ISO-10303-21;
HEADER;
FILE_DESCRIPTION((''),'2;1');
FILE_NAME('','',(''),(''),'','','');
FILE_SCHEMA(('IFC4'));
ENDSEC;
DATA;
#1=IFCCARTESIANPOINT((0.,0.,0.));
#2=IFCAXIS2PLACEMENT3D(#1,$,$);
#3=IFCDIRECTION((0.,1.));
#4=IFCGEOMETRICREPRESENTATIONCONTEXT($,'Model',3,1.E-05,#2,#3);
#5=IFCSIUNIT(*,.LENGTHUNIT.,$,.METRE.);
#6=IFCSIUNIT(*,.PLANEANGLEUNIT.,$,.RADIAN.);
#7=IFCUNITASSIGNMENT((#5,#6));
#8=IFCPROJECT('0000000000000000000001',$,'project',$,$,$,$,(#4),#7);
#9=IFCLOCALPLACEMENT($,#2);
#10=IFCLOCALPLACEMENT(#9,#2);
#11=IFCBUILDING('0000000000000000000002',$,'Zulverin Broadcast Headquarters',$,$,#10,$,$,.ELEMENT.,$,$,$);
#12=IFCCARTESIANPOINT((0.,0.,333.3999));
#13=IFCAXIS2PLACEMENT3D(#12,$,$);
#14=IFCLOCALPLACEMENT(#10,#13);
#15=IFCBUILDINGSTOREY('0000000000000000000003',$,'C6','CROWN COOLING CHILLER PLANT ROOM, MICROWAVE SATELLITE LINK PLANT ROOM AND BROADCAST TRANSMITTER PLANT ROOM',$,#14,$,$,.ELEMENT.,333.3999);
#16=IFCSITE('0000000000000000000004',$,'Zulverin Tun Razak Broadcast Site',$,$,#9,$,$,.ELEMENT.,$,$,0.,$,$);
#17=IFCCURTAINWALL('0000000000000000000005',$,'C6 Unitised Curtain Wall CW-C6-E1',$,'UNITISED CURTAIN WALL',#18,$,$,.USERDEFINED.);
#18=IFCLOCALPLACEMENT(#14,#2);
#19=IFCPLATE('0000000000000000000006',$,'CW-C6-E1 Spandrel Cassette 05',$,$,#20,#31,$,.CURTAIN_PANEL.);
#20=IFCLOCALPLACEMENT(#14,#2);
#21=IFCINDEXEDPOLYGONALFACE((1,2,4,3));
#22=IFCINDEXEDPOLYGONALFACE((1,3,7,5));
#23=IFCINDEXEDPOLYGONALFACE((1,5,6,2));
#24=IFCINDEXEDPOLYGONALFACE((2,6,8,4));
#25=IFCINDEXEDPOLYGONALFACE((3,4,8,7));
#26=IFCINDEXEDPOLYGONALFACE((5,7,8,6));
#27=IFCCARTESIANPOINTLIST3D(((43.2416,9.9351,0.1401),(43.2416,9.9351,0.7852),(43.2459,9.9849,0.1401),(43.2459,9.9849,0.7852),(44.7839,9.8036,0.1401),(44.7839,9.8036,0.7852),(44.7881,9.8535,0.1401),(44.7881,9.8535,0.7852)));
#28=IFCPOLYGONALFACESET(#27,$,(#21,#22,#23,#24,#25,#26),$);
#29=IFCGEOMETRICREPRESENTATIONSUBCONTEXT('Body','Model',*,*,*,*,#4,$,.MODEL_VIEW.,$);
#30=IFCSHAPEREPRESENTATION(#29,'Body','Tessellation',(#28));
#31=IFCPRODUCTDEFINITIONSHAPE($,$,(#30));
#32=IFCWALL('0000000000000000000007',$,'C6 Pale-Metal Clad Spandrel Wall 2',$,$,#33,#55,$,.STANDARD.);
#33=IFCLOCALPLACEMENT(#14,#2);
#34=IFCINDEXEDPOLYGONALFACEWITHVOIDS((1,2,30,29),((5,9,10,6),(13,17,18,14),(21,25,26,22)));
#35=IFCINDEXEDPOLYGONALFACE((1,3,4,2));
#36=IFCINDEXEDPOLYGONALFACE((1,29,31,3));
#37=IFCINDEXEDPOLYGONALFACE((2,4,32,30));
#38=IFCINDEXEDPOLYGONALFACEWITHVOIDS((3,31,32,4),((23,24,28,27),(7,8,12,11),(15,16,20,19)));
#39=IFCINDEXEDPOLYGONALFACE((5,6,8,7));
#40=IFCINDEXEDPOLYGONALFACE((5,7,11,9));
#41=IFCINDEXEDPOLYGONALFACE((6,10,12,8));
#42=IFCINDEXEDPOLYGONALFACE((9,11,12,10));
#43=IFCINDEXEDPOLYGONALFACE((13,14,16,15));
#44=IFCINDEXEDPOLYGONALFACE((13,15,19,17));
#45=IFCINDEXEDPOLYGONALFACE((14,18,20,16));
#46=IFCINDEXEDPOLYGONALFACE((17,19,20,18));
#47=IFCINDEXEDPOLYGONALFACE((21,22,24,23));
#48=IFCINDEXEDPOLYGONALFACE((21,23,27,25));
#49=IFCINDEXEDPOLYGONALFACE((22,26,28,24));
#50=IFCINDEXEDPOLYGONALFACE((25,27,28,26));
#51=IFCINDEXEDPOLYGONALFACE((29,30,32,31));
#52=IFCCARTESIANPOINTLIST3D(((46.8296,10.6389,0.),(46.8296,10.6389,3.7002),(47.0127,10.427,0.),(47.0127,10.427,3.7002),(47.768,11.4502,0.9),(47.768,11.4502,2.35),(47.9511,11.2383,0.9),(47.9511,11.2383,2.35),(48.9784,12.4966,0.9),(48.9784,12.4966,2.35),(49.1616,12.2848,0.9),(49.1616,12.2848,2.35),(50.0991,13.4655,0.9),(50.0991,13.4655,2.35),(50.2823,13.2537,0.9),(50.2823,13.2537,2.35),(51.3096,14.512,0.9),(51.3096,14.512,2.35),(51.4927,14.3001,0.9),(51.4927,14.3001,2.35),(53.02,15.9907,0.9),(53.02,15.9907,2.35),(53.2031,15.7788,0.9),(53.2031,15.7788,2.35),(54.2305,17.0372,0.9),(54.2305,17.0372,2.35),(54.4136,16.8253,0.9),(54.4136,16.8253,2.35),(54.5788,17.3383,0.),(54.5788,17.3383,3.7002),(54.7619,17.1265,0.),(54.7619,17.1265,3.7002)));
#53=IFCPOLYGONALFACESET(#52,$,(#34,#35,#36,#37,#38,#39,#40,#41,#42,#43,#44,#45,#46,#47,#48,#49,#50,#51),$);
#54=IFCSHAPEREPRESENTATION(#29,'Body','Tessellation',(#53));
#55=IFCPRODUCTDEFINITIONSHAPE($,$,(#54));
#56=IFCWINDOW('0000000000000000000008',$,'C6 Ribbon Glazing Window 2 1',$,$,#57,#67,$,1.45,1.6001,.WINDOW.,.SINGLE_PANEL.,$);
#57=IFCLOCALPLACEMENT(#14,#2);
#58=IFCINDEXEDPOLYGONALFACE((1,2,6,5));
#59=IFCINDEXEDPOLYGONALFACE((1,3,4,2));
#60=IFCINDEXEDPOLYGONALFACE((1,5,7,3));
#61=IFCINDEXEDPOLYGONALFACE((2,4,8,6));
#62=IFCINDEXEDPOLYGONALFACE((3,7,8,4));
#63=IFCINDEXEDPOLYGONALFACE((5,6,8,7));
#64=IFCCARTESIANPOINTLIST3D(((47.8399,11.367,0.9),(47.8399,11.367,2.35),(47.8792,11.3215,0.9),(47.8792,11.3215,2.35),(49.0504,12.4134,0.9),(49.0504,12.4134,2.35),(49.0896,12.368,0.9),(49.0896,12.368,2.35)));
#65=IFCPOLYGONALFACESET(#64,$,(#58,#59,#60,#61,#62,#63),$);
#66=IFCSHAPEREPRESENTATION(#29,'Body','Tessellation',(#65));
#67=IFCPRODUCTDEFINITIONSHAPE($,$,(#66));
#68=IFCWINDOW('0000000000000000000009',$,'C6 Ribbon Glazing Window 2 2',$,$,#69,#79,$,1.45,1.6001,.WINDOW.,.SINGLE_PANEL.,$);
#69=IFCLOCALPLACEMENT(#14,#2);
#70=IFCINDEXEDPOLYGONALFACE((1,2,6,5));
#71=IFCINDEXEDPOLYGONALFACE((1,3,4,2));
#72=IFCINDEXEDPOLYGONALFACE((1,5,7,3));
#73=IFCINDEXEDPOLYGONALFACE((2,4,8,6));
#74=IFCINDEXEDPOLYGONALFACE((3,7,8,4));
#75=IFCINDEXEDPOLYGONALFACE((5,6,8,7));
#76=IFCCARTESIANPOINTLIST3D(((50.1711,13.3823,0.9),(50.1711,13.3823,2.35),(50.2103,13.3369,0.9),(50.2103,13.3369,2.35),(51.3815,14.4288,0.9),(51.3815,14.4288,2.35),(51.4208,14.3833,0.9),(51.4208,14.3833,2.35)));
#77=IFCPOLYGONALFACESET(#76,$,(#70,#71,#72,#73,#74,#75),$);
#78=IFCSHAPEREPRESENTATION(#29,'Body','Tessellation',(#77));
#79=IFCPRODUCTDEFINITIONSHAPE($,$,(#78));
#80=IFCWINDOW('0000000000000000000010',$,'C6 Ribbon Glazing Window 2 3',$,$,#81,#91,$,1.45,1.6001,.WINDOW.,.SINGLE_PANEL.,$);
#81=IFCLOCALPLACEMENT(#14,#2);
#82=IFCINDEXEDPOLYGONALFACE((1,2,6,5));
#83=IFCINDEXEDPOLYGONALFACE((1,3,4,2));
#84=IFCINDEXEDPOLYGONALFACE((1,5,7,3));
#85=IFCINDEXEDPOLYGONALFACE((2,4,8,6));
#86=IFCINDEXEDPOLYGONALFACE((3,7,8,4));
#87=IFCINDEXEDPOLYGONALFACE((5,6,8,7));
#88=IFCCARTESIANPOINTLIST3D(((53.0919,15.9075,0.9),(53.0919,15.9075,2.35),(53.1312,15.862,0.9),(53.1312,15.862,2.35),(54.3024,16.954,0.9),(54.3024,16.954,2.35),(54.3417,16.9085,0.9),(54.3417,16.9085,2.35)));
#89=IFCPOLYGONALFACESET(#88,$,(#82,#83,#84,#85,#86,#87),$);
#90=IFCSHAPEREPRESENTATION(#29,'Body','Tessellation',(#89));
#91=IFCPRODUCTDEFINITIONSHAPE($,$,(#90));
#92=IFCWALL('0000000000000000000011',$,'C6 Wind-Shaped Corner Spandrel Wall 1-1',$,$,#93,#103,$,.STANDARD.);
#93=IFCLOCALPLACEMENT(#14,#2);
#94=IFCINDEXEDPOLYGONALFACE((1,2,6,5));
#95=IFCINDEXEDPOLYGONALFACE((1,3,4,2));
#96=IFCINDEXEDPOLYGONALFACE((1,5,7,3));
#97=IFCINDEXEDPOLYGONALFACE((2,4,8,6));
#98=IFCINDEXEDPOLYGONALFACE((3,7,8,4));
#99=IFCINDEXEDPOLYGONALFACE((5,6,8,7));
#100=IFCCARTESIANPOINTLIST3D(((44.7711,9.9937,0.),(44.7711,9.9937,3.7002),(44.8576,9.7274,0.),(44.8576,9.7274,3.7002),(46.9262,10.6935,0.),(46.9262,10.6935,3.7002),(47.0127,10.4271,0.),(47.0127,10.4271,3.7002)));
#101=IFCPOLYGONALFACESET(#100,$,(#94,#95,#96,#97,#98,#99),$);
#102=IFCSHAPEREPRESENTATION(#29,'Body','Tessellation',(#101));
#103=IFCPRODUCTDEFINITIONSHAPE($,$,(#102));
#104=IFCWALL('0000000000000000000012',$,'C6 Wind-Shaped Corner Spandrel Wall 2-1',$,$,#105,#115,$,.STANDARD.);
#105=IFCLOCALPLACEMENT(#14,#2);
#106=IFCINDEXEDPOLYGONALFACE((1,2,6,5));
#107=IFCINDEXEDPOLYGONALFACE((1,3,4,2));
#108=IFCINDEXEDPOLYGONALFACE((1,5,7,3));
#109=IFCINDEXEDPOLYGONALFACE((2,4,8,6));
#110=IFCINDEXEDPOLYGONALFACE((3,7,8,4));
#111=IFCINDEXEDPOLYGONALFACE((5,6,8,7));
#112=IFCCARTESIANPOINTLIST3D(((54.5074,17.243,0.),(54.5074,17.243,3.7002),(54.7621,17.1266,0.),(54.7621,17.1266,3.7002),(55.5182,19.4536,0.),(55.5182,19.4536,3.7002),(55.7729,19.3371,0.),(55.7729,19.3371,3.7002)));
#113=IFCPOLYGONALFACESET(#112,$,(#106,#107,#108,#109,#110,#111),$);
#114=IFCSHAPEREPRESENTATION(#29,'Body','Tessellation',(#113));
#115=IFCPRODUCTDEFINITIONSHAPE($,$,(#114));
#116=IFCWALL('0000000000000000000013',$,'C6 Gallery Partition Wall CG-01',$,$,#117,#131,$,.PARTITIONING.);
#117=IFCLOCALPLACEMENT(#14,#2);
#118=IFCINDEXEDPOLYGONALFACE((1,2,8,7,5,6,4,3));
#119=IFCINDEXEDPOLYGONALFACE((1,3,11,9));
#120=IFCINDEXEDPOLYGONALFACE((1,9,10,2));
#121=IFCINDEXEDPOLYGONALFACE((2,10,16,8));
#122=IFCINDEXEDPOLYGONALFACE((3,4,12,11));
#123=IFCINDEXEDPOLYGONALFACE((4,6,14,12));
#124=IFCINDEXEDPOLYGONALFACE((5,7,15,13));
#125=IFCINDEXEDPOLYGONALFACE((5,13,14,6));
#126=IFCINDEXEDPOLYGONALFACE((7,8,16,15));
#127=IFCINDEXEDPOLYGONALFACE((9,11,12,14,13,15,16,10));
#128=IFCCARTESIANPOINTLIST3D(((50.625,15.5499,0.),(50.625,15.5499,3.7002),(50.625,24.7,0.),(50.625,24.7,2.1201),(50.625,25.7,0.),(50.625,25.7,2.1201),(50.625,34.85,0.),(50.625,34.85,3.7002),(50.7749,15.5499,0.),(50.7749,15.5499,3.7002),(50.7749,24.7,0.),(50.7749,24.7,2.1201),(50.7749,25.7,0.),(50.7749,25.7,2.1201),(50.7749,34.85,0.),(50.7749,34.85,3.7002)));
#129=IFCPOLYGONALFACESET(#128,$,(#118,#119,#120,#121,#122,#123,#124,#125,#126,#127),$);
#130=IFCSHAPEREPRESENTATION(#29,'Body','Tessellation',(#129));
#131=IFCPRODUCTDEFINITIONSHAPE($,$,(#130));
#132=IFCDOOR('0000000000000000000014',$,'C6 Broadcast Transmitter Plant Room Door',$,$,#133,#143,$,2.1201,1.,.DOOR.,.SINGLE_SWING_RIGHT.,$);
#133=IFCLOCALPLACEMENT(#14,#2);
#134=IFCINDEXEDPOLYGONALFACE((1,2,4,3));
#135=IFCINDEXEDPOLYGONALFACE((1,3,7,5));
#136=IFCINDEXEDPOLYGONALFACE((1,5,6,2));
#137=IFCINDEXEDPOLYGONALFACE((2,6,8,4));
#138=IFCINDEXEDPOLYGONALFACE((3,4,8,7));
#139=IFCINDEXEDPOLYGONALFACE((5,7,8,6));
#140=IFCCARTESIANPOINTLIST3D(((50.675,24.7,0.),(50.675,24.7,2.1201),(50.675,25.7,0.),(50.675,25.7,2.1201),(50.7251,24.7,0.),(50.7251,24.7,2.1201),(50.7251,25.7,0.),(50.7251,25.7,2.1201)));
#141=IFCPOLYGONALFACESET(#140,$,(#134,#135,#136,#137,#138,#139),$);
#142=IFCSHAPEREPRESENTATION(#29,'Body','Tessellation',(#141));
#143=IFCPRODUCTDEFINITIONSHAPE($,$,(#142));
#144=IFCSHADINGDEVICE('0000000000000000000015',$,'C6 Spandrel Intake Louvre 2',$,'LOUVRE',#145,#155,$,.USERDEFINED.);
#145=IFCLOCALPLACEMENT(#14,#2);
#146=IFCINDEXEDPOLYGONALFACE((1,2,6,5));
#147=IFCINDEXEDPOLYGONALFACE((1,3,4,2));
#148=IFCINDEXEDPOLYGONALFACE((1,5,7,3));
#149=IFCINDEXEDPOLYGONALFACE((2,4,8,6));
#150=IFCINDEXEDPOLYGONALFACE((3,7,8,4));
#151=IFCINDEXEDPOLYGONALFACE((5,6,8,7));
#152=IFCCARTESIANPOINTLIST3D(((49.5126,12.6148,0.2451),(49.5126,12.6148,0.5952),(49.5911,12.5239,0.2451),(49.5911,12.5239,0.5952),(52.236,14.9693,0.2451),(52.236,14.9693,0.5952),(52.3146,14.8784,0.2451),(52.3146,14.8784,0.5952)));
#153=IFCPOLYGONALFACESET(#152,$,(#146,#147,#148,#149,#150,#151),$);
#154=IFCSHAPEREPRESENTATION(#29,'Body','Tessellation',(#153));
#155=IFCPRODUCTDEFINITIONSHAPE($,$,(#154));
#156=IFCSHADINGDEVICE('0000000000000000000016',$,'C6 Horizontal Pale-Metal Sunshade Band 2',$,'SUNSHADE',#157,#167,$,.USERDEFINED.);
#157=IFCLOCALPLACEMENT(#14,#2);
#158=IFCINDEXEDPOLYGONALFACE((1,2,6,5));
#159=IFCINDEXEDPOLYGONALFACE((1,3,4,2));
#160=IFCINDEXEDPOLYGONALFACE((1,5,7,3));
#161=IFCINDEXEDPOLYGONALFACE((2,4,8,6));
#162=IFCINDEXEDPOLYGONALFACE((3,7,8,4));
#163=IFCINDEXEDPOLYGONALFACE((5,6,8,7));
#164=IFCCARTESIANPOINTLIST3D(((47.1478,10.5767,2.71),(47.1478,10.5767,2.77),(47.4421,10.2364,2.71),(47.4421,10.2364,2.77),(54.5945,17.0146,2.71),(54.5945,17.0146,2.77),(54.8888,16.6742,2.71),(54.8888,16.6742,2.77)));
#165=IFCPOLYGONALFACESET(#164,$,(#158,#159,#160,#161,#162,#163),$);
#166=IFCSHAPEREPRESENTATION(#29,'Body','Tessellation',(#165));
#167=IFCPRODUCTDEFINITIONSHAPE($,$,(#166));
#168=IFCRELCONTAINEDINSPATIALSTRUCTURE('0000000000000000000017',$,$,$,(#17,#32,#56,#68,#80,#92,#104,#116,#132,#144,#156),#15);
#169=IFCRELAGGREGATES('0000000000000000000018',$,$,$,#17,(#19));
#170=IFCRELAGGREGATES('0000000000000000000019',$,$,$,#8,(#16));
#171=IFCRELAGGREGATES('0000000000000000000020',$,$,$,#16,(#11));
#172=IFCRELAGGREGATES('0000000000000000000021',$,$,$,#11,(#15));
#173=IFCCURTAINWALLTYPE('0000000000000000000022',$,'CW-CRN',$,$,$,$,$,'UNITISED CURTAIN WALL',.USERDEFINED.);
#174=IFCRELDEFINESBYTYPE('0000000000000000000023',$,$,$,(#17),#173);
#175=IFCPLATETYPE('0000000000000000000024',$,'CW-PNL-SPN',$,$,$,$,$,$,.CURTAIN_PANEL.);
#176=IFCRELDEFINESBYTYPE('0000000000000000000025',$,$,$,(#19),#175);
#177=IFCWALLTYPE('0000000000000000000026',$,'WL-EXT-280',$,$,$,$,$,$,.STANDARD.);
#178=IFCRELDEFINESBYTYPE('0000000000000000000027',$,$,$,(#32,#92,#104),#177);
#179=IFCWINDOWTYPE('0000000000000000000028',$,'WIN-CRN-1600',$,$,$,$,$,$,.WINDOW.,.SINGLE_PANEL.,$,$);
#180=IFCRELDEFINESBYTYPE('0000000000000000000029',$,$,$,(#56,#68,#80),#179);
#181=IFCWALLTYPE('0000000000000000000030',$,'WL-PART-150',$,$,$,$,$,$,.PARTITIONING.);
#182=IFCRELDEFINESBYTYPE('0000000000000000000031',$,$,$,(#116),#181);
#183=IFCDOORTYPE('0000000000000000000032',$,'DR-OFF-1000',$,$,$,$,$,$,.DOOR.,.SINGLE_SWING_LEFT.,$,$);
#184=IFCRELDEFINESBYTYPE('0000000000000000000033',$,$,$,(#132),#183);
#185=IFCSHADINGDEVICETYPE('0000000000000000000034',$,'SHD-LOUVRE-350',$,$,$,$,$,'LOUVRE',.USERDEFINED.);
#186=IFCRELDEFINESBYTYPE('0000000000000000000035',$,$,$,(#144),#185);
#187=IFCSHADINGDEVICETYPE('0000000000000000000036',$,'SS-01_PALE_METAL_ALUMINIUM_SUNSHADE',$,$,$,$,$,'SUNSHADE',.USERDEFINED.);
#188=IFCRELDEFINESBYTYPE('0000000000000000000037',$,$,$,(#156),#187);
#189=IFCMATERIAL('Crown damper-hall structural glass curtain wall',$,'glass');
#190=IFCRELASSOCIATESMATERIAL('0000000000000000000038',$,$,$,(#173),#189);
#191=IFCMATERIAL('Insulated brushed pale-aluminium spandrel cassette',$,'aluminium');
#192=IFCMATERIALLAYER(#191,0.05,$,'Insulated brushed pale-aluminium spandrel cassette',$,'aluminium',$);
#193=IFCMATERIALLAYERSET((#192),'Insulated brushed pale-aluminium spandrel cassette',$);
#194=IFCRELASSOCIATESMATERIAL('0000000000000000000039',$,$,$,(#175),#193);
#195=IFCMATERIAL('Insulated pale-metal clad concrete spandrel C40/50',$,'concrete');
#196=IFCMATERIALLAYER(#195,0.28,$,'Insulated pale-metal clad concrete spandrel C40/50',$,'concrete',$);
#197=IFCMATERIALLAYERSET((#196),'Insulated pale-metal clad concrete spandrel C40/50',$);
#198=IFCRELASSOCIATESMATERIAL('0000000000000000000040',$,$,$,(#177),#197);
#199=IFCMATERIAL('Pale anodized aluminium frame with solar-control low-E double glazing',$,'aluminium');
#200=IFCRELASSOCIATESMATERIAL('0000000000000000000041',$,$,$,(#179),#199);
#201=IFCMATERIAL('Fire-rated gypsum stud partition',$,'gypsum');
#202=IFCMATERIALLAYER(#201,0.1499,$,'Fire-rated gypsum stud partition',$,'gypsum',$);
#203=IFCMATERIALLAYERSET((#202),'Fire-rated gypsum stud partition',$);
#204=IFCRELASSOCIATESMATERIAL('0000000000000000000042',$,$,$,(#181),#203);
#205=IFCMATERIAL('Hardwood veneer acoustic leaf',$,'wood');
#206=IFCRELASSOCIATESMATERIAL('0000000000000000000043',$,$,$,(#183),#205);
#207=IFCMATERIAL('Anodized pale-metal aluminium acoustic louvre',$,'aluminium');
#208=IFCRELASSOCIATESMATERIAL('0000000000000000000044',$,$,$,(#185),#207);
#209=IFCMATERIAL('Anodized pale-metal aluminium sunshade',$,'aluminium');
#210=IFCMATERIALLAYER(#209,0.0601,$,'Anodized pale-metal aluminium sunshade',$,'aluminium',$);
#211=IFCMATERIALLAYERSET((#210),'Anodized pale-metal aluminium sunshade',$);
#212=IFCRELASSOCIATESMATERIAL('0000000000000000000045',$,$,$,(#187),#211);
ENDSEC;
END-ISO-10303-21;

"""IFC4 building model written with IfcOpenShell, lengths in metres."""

from ifc_helpers import new_model, si_unit, direction, frame, frame_2d, origin, origin_2d, place, context, subcontext, project, spatial, rectangle, extrude, material, layer, layer_set, type_object, element, fill, aggregate, save


model = new_model("IFC4")

# Units and contexts
model_context = context("Model", 3, precision=1e-05, world=origin(), true_north=direction((0.0, 1.0)))
body_context = subcontext(model_context, "Body", "Model", "MODEL_VIEW")
ifc_project = project(units=[si_unit("LENGTHUNIT", "METRE"), si_unit("PLANEANGLEUNIT", "RADIAN")], contexts=[model_context])

# Site, building, storey
site_placement = place(None, origin())
site = spatial("IfcSite", under=ifc_project, at=site_placement, Name="Zulverin Tun Razak Broadcast Site", CompositionType="ELEMENT", RefElevation=0.0)
building_placement = place(site_placement, origin())
building = spatial("IfcBuilding", under=site, at=building_placement, Name="Zulverin Broadcast Headquarters", CompositionType="ELEMENT")
storey_placement = place(building_placement, frame((0.0, 0.0, 333.3999)))
storey = spatial("IfcBuildingStorey", under=building, at=storey_placement, Name="C6", Description="CROWN COOLING CHILLER PLANT ROOM, MICROWAVE SATELLITE LINK PLANT ROOM AND BROADCAST TRANSMITTER PLANT ROOM", CompositionType="ELEMENT", Elevation=333.3999)

# Curtain wall, plate
ifc_material_1 = material(Name="Crown damper-hall structural glass curtain wall", Category="glass")
curtain_wall_type = type_object("IfcCurtainWallType", Name="CW-CRN", ElementType="UNITISED CURTAIN WALL", PredefinedType="USERDEFINED", material=ifc_material_1)
curtain_wall_placement = place(storey_placement, origin())
curtain_wall = element("IfcCurtainWall", 1, at=curtain_wall_placement, inside=storey, type_object=curtain_wall_type, Name="C6 Unitised Curtain Wall CW-C6-E1", ObjectType="UNITISED CURTAIN WALL", PredefinedType="USERDEFINED")
ifc_material_2 = material(Name="Insulated brushed pale-aluminium spandrel cassette", Category="aluminium")
ifc_layer_1 = layer(ifc_material_2, 0.05, Name="Insulated brushed pale-aluminium spandrel cassette", Category="aluminium")
ifc_layer_set_1 = layer_set([ifc_layer_1], Name="Insulated brushed pale-aluminium spandrel cassette")
plate_type_1 = type_object("IfcPlateType", Name="CW-PNL-SPN", PredefinedType="CURTAIN_PANEL", material=ifc_layer_set_1)
plate_1_placement = place(storey_placement, frame((44.0149, 9.8943, 0.1401), z_axis=(0.0, 0.0, 1.0), x_axis=(0.996389, -0.0849, 0.0)))
plate_1 = element("IfcPlate", 2, at=plate_1_placement, type_object=plate_type_1, Name="CW-C6-E1 Spandrel Cassette 05", PredefinedType="CURTAIN_PANEL", context=body_context, shape_type="SweptSolid", body=[
    extrude(rectangle(XDim=1.5479, YDim=0.05, at=origin_2d()), origin(), (0.0, 0.0, 1.0), 0.645),
])
aggregate(curtain_wall, [plate_1])

# Wall, openings, windows
ifc_material_3 = material(Name="Insulated pale-metal clad concrete spandrel C40/50", Category="concrete")
ifc_layer_2 = layer(ifc_material_3, 0.28, Name="Insulated pale-metal clad concrete spandrel C40/50", Category="concrete")
ifc_layer_set_2 = layer_set([ifc_layer_2], Name="Insulated pale-metal clad concrete spandrel C40/50")
wall_type_1 = type_object("IfcWallType", Name="WL-EXT-280", PredefinedType="STANDARD", material=ifc_layer_set_2)
wall_1_placement = place(storey_placement, frame((46.9211, 10.533, 0.0), z_axis=(0.0, 0.0, 1.0), x_axis=(0.756489, 0.654006, 0.0)))
wall_1 = element("IfcWall", 3, at=wall_1_placement, inside=storey, type_object=wall_type_1, Name="C6 Pale-Metal Clad Spandrel Wall 2", PredefinedType="STANDARD", context=body_context, shape_type="SweptSolid", body=[
    extrude(rectangle(XDim=10.2437, YDim=0.28, at=frame_2d((5.1218, 0.0))), origin(), (0.0, 0.0, 1.0), 3.7002),
])
opening_1_placement = place(wall_1_placement, frame((1.2405, 0.0, 0.8999)))
opening_1 = element("IfcOpeningElement", 4, at=opening_1_placement, cuts=wall_1, PredefinedType="OPENING", context=body_context, shape_type="SweptSolid", body=[
    extrude(rectangle(XDim=1.6001, YDim=1.45, at=frame_2d((0.8, 0.7251))), frame((0.0, 0.1499, 0.0), z_axis=(0.0, -1.0, 0.0), x_axis=(1.0, 0.0, 0.0)), (0.0, 0.0, 1.0), 0.3),
])
opening_2_placement = place(wall_1_placement, frame((4.322, 0.0, 0.8999)))
opening_2 = element("IfcOpeningElement", 5, at=opening_2_placement, cuts=wall_1, PredefinedType="OPENING", context=body_context, shape_type="SweptSolid", body=[
    extrude(rectangle(XDim=1.6001, YDim=1.45, at=frame_2d((0.8, 0.7251))), frame((0.0, 0.1499, 0.0), z_axis=(0.0, -1.0, 0.0), x_axis=(1.0, 0.0, 0.0)), (0.0, 0.0, 1.0), 0.3),
])
opening_3_placement = place(wall_1_placement, frame((8.1831, 0.0, 0.8999)))
opening_3 = element("IfcOpeningElement", 6, at=opening_3_placement, cuts=wall_1, PredefinedType="OPENING", context=body_context, shape_type="SweptSolid", body=[
    extrude(rectangle(XDim=1.6001, YDim=1.45, at=frame_2d((0.8, 0.7251))), frame((0.0, 0.1499, 0.0), z_axis=(0.0, -1.0, 0.0), x_axis=(1.0, 0.0, 0.0)), (0.0, 0.0, 1.0), 0.3),
])
ifc_material_4 = material(Name="Pale anodized aluminium frame with solar-control low-E double glazing", Category="aluminium")
window_type = type_object("IfcWindowType", Name="WIN-CRN-1600", PartitioningType="SINGLE_PANEL", PredefinedType="WINDOW", material=ifc_material_4)
window_1_placement = place(opening_1_placement, origin())
window_1 = element("IfcWindow", 7, at=window_1_placement, inside=storey, type_object=window_type, Name="C6 Ribbon Glazing Window 2 1", OverallHeight=1.45, OverallWidth=1.6001, PartitioningType="SINGLE_PANEL", PredefinedType="WINDOW", context=body_context, shape_type="SweptSolid", body=[
    extrude(rectangle(XDim=1.6001, YDim=1.45, at=frame_2d((0.8, 0.7251))), frame((0.0, 0.03, 0.0), z_axis=(0.0, -1.0, 0.0), x_axis=(1.0, 0.0, 0.0)), (0.0, 0.0, 1.0), 0.0601),
])
fill(opening_1, window_1)
window_2_placement = place(opening_2_placement, origin())
window_2 = element("IfcWindow", 8, at=window_2_placement, inside=storey, type_object=window_type, Name="C6 Ribbon Glazing Window 2 2", OverallHeight=1.45, OverallWidth=1.6001, PartitioningType="SINGLE_PANEL", PredefinedType="WINDOW", context=body_context, shape_type="SweptSolid", body=[
    extrude(rectangle(XDim=1.6001, YDim=1.45, at=frame_2d((0.8, 0.7251))), frame((0.0, 0.03, 0.0), z_axis=(0.0, -1.0, 0.0), x_axis=(1.0, 0.0, 0.0)), (0.0, 0.0, 1.0), 0.0601),
])
fill(opening_2, window_2)
window_3_placement = place(opening_3_placement, origin())
window_3 = element("IfcWindow", 9, at=window_3_placement, inside=storey, type_object=window_type, Name="C6 Ribbon Glazing Window 2 3", OverallHeight=1.45, OverallWidth=1.6001, PartitioningType="SINGLE_PANEL", PredefinedType="WINDOW", context=body_context, shape_type="SweptSolid", body=[
    extrude(rectangle(XDim=1.6001, YDim=1.45, at=frame_2d((0.8, 0.7251))), frame((0.0, 0.03, 0.0), z_axis=(0.0, -1.0, 0.0), x_axis=(1.0, 0.0, 0.0)), (0.0, 0.0, 1.0), 0.0601),
])
fill(opening_3, window_3)

# Walls
wall_2_placement = place(storey_placement, frame((44.8145, 9.8606, 0.0), z_axis=(0.0, 0.0, 1.0), x_axis=(0.951122, 0.308816, 0.0)))
element("IfcWall", 10, at=wall_2_placement, inside=storey, type_object=wall_type_1, Name="C6 Wind-Shaped Corner Spandrel Wall 1-1", PredefinedType="STANDARD", context=body_context, shape_type="SweptSolid", body=[
    extrude(rectangle(XDim=2.2659, YDim=0.28, at=frame_2d((1.1328, 0.0))), origin(), (0.0, 0.0, 1.0), 3.7002),
])
wall_3_placement = place(storey_placement, frame((54.6348, 17.1848, 0.0), z_axis=(0.0, 0.0, 1.0), x_axis=(0.415845, 0.909435, 0.0)))
element("IfcWall", 11, at=wall_3_placement, inside=storey, type_object=wall_type_1, Name="C6 Wind-Shaped Corner Spandrel Wall 2-1", PredefinedType="STANDARD", context=body_context, shape_type="SweptSolid", body=[
    extrude(rectangle(XDim=2.4307, YDim=0.28, at=frame_2d((1.2153, 0.0))), origin(), (0.0, 0.0, 1.0), 3.7002),
])

# Wall, opening, door
ifc_material_5 = material(Name="Fire-rated gypsum stud partition", Category="gypsum")
ifc_layer_3 = layer(ifc_material_5, 0.1499, Name="Fire-rated gypsum stud partition", Category="gypsum")
ifc_layer_set_3 = layer_set([ifc_layer_3], Name="Fire-rated gypsum stud partition")
wall_type_2 = type_object("IfcWallType", Name="WL-PART-150", PredefinedType="PARTITIONING", material=ifc_layer_set_3)
wall_4_placement = place(storey_placement, frame((50.7, 15.55, 0.0), z_axis=(0.0, 0.0, 1.0), x_axis=(0.0, 1.0, 0.0)))
wall_4 = element("IfcWall", 12, at=wall_4_placement, inside=storey, type_object=wall_type_2, Name="C6 Gallery Partition Wall CG-01", PredefinedType="PARTITIONING", context=body_context, shape_type="SweptSolid", body=[
    extrude(rectangle(XDim=19.3, YDim=0.1499, at=frame_2d((9.6499, 0.0))), origin(), (0.0, 0.0, 1.0), 3.7002),
])
opening_4_placement = place(wall_4_placement, frame((9.1499, 0.0, 0.0)))
opening_4 = element("IfcOpeningElement", 13, at=opening_4_placement, cuts=wall_4, PredefinedType="OPENING", context=body_context, shape_type="SweptSolid", body=[
    extrude(rectangle(XDim=1.0, YDim=2.1201, at=frame_2d((0.5, 1.0601))), frame((0.0, 0.085, 0.0), z_axis=(0.0, -1.0, 0.0), x_axis=(1.0, 0.0, 0.0)), (0.0, 0.0, 1.0), 0.1699),
])
ifc_material_6 = material(Name="Hardwood veneer acoustic leaf", Category="wood")
door_type = type_object("IfcDoorType", Name="DR-OFF-1000", OperationType="SINGLE_SWING_LEFT", PredefinedType="DOOR", material=ifc_material_6)
door_placement = place(opening_4_placement, origin())
door = element("IfcDoor", 14, at=door_placement, inside=storey, type_object=door_type, Name="C6 Broadcast Transmitter Plant Room Door", OperationType="SINGLE_SWING_RIGHT", OverallHeight=2.1201, OverallWidth=1.0, PredefinedType="DOOR", context=body_context, shape_type="SweptSolid", body=[
    extrude(rectangle(XDim=1.0, YDim=2.1201, at=frame_2d((0.5, 1.0601))), frame((0.0, 0.0249, 0.0), z_axis=(0.0, -1.0, 0.0), x_axis=(1.0, 0.0, 0.0)), (0.0, 0.0, 1.0), 0.05),
])
fill(opening_4, door)

# Shading devices
ifc_material_7 = material(Name="Anodized pale-metal aluminium acoustic louvre", Category="aluminium")
shading_device_type_1 = type_object("IfcShadingDeviceType", Name="SHD-LOUVRE-350", ElementType="LOUVRE", PredefinedType="USERDEFINED", material=ifc_material_7)
shading_device_1_placement = place(storey_placement, frame((50.9136, 13.7466, 0.2451), z_axis=(0.0, 0.0, 1.0), x_axis=(0.756488, 0.654007, 0.0)))
element("IfcShadingDevice", 15, at=shading_device_1_placement, inside=storey, type_object=shading_device_type_1, Name="C6 Spandrel Intake Louvre 2", ObjectType="LOUVRE", PredefinedType="USERDEFINED", context=body_context, shape_type="SweptSolid", body=[
    extrude(rectangle(XDim=3.6001, YDim=0.1201, at=origin_2d()), origin(), (0.0, 0.0, 1.0), 0.3501),
])
ifc_material_8 = material(Name="Anodized pale-metal aluminium sunshade", Category="aluminium")
ifc_layer_4 = layer(ifc_material_8, 0.0601, Name="Anodized pale-metal aluminium sunshade", Category="aluminium")
ifc_layer_set_4 = layer_set([ifc_layer_4], Name="Anodized pale-metal aluminium sunshade")
shading_device_type_2 = type_object("IfcShadingDeviceType", Name="SS-01_PALE_METAL_ALUMINIUM_SUNSHADE", ElementType="SUNSHADE", PredefinedType="USERDEFINED", material=ifc_layer_set_4)
shading_device_2_placement = place(storey_placement, frame((51.0183, 13.6255, 2.71), z_axis=(0.0, 0.0, 1.0), x_axis=(0.756488, 0.654007, 0.0)))
element("IfcShadingDevice", 16, at=shading_device_2_placement, inside=storey, type_object=shading_device_type_2, Name="C6 Horizontal Pale-Metal Sunshade Band 2", ObjectType="SUNSHADE", PredefinedType="USERDEFINED", context=body_context, shape_type="SweptSolid", body=[
    extrude(rectangle(XDim=9.8438, YDim=0.45, at=origin_2d()), origin(), (0.0, 0.0, 1.0), 0.0601),
])

save(model, "model.ifc")
